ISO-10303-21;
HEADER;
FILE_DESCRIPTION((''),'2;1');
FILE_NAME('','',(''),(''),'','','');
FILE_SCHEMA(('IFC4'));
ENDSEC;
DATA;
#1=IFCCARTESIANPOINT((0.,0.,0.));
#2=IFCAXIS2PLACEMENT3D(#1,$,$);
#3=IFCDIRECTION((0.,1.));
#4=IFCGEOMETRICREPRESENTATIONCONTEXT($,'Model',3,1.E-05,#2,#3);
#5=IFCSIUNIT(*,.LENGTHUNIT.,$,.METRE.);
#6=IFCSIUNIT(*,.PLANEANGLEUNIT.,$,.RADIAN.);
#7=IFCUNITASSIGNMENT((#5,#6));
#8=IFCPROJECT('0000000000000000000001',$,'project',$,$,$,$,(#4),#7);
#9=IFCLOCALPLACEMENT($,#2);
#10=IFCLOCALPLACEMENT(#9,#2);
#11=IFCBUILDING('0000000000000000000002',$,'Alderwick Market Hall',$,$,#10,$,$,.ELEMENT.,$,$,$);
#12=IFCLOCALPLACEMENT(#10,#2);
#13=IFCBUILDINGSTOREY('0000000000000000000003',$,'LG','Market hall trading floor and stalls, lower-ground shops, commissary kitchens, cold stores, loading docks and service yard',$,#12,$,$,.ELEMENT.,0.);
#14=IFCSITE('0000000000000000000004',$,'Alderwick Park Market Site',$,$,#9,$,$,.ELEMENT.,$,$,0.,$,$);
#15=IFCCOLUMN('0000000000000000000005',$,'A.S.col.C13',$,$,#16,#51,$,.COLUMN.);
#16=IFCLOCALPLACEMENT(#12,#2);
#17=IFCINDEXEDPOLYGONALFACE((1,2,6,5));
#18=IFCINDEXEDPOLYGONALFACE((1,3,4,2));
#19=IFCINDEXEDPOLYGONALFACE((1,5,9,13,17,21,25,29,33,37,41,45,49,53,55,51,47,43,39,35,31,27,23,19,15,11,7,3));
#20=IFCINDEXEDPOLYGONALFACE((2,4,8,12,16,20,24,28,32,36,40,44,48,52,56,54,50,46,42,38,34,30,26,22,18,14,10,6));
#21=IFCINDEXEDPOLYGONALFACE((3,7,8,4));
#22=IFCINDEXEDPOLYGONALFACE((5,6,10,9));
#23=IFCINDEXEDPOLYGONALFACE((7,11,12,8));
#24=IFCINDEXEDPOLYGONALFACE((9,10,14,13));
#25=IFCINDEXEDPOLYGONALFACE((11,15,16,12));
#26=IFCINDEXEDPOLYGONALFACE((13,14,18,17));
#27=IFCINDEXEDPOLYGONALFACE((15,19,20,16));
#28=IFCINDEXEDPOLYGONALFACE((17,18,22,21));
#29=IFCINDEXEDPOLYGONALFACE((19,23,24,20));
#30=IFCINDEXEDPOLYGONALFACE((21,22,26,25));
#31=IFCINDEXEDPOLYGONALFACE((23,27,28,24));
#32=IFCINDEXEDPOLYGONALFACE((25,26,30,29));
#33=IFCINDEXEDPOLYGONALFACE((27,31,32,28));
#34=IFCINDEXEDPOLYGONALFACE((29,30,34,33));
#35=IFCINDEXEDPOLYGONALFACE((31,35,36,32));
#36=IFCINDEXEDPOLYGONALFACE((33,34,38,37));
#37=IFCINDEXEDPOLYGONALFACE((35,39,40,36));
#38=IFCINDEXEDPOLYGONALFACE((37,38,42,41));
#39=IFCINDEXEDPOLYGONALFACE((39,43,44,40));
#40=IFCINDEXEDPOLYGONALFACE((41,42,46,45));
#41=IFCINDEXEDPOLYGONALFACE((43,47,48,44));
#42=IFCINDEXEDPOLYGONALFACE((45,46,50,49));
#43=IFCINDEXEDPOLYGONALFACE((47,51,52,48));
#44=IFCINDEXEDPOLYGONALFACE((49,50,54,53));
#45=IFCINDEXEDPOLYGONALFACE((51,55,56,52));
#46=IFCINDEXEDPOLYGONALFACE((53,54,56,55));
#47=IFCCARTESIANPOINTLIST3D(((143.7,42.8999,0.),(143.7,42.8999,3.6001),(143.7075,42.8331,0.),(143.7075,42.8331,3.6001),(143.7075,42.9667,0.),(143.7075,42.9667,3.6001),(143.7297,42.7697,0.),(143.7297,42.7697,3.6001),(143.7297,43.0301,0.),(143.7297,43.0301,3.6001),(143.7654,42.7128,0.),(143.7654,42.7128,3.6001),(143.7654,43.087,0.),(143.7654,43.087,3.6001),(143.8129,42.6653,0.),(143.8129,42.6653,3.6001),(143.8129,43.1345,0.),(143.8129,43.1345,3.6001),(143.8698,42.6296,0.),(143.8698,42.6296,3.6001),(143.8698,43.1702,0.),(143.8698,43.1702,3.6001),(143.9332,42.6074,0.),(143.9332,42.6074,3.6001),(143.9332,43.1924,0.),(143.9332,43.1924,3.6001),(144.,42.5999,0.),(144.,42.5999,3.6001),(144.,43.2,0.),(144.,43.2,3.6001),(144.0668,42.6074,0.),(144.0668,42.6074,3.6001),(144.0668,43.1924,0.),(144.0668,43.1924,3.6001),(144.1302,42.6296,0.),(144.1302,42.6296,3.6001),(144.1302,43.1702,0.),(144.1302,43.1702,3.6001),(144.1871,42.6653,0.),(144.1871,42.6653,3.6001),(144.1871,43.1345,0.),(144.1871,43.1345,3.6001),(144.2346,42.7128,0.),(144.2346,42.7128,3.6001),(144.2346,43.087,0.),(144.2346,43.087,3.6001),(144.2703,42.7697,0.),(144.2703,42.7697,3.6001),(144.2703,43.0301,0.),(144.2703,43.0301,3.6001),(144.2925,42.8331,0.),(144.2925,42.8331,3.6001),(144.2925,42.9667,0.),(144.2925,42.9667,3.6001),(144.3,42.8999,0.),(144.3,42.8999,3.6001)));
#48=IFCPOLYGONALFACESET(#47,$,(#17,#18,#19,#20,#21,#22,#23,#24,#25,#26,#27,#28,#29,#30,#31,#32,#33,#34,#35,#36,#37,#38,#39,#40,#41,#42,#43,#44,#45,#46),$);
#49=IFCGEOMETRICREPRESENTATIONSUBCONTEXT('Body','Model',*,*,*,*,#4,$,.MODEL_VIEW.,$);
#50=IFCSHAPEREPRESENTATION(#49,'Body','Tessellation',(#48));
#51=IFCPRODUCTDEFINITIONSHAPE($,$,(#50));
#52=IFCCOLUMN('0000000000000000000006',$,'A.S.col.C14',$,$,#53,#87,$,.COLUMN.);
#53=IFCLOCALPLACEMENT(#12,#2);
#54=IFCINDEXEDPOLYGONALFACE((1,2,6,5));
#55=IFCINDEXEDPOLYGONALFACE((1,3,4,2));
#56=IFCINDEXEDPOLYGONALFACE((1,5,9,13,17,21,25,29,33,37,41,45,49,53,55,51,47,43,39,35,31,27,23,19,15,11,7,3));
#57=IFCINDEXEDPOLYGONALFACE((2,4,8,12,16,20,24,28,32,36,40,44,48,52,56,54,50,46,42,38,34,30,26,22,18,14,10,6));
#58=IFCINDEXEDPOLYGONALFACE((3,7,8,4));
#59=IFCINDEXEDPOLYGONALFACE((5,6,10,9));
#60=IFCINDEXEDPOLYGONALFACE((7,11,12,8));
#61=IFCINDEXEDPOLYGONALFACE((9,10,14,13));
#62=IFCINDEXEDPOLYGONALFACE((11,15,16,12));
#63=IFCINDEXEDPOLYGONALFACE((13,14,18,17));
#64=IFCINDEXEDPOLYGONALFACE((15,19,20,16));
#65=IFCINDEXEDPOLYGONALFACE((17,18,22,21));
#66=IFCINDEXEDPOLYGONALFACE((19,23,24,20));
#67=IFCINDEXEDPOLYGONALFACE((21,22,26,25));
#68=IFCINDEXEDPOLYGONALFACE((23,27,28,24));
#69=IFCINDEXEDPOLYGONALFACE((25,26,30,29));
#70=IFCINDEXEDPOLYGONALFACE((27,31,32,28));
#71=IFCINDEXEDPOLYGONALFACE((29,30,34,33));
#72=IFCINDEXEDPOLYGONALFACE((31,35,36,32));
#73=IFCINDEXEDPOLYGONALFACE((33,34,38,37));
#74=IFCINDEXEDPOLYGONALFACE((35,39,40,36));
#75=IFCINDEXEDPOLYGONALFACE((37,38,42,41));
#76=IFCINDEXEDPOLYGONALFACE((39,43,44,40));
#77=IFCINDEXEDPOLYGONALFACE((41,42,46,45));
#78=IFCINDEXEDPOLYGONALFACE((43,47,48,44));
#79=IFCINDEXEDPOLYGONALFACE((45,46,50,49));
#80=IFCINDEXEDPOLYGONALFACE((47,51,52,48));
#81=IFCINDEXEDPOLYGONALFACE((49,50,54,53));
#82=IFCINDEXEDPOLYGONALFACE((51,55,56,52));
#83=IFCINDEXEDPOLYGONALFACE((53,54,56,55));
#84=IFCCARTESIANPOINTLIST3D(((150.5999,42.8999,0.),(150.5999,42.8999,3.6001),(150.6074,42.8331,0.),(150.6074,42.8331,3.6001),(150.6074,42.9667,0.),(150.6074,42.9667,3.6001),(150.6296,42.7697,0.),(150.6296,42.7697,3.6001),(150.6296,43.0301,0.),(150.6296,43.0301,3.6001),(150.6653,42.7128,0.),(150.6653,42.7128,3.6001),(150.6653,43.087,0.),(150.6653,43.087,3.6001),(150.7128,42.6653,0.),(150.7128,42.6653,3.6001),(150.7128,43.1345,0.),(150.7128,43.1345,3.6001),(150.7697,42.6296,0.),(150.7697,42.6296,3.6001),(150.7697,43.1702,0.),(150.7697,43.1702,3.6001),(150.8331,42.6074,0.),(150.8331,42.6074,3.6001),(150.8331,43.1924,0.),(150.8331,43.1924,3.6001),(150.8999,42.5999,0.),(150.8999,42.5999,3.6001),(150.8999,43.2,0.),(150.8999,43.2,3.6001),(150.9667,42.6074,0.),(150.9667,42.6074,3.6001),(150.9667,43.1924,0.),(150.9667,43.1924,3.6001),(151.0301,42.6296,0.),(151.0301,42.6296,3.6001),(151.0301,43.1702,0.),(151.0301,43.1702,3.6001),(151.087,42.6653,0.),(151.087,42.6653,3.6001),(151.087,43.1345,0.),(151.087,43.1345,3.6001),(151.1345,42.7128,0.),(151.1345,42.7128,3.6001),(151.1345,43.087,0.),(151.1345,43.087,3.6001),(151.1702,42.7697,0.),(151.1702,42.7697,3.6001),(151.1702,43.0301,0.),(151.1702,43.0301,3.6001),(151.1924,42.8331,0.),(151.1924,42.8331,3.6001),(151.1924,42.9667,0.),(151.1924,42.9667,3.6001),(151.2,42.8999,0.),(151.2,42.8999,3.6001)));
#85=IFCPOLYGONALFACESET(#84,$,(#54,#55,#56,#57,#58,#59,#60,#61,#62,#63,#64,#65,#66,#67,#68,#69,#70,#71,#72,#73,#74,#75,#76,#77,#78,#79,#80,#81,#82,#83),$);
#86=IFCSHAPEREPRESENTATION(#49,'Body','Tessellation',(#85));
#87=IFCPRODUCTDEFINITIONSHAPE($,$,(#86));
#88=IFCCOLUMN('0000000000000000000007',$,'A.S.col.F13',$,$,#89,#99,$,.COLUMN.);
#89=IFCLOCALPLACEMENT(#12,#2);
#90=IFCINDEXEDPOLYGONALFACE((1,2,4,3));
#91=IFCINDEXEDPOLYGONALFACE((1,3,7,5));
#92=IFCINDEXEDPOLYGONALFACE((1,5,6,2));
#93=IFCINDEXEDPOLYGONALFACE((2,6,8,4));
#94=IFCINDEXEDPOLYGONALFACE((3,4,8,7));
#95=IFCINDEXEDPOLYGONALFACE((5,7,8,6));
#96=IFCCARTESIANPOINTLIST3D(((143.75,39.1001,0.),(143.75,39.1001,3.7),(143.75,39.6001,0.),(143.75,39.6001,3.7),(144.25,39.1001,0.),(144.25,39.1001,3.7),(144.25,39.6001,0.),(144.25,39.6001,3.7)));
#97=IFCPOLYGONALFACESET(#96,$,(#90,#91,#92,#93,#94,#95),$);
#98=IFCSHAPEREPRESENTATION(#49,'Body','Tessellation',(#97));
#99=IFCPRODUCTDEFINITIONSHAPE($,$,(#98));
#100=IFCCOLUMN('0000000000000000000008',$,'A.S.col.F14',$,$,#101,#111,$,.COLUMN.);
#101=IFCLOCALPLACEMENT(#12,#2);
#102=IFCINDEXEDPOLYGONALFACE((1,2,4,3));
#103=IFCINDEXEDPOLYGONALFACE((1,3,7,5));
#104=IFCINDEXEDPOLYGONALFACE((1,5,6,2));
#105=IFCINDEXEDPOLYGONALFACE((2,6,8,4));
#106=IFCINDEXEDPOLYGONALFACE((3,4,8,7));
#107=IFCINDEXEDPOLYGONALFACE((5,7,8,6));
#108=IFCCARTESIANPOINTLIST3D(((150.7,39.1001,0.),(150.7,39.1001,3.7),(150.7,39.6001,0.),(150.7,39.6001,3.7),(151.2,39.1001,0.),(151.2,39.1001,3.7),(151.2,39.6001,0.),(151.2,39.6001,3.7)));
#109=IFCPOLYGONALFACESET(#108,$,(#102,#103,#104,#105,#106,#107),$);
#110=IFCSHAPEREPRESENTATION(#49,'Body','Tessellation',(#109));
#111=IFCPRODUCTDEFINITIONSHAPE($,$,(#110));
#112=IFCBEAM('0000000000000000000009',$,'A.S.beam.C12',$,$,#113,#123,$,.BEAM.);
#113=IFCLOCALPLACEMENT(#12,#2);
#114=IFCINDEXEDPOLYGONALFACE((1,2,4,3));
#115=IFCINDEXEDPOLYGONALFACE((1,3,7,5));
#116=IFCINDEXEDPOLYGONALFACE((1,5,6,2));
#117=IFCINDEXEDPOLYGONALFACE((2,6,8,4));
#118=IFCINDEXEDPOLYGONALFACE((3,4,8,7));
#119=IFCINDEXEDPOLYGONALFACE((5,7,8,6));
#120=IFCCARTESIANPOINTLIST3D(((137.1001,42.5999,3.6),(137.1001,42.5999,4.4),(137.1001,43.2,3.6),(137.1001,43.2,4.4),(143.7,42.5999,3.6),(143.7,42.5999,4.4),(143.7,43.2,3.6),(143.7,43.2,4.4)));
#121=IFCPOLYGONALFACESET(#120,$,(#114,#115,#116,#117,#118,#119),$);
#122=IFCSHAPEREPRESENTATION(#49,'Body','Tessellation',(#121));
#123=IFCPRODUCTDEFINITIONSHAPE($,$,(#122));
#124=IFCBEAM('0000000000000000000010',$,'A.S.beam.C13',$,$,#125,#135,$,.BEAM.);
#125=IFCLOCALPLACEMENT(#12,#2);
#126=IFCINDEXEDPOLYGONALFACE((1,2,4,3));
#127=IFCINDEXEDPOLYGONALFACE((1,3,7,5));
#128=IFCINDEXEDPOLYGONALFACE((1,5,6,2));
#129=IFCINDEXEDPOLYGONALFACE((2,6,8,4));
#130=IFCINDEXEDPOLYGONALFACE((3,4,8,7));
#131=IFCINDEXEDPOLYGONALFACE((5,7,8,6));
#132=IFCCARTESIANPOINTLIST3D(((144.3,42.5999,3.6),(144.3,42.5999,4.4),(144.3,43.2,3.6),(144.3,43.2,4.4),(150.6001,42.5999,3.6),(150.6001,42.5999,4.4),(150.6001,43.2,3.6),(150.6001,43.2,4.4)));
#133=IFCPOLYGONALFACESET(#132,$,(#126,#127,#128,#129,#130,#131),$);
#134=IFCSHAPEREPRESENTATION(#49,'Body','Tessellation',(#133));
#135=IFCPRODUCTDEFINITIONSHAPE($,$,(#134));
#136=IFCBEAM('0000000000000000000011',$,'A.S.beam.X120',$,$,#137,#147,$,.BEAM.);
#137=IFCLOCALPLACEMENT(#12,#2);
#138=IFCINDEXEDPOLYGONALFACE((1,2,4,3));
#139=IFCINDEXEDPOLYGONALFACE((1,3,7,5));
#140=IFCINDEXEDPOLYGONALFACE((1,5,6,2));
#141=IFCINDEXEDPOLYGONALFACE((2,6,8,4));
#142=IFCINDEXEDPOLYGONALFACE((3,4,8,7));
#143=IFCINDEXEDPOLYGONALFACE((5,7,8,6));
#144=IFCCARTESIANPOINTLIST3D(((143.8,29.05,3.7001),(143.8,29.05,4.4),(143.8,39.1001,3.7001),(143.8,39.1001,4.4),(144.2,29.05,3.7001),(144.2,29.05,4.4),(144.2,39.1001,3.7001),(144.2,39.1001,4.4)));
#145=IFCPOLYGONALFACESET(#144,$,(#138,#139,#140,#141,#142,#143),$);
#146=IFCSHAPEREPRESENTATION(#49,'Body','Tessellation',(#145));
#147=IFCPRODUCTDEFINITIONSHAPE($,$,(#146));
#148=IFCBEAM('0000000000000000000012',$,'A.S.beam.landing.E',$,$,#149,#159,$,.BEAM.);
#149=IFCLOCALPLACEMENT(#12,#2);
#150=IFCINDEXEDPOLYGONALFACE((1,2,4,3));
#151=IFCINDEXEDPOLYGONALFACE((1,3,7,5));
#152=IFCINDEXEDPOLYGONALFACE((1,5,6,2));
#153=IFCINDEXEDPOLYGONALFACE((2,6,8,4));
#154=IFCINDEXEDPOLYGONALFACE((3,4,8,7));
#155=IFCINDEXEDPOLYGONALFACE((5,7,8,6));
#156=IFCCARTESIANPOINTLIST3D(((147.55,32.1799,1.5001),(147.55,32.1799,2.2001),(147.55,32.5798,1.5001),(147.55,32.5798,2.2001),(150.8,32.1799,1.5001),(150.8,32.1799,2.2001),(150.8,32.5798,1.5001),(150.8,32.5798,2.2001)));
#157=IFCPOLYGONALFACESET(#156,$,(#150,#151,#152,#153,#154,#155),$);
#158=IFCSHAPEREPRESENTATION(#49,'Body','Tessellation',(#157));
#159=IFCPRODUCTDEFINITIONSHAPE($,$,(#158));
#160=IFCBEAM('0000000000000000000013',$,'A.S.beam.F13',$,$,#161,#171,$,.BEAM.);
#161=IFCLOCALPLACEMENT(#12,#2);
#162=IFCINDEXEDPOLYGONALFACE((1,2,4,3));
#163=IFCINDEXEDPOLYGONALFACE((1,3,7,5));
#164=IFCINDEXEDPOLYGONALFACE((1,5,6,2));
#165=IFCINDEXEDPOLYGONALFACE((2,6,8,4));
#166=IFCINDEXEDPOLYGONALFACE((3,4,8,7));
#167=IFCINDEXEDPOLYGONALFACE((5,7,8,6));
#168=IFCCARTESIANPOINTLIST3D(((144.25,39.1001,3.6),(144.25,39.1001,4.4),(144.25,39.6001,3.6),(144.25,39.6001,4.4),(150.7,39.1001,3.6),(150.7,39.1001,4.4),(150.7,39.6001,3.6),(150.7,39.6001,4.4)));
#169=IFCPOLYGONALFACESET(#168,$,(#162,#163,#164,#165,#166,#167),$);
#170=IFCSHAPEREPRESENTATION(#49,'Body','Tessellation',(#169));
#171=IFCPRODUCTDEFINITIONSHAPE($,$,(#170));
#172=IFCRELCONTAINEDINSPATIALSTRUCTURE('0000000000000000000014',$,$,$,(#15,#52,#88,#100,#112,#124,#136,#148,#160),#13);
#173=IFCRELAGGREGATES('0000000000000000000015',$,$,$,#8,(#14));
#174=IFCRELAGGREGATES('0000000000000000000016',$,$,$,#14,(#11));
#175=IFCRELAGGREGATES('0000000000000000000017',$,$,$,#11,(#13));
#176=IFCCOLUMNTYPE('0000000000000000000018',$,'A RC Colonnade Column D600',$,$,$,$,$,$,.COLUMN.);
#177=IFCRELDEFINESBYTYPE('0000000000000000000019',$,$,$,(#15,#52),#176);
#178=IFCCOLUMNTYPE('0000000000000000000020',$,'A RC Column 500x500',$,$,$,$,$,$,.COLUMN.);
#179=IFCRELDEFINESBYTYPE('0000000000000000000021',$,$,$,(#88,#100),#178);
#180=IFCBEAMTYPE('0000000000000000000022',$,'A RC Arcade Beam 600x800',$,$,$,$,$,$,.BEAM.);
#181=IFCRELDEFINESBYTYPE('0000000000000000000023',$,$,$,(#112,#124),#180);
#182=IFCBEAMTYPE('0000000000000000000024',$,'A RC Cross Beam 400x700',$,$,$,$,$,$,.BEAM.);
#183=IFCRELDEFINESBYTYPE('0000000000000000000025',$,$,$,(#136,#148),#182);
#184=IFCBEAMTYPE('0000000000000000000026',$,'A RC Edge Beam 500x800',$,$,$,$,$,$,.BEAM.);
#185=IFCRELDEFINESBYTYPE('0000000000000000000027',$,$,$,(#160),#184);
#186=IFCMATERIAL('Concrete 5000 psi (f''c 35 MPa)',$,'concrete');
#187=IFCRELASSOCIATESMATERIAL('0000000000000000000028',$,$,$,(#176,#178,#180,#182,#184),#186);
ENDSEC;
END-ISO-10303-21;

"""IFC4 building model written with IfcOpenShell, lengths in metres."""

from ifc_helpers import new_model, si_unit, direction, frame, origin, origin_2d, place, context, subcontext, project, spatial, rectangle, circle, extrude, material, material_profile, profile_set, type_object, element, save


model = new_model("IFC4")

# Units and contexts
model_context = context("Model", 3, precision=1e-05, world=origin(), true_north=direction((0.0, 1.0)))
body_context = subcontext(model_context, "Body", "Model", "MODEL_VIEW")
ifc_project = project(units=[si_unit("LENGTHUNIT", "METRE"), si_unit("PLANEANGLEUNIT", "RADIAN")], contexts=[model_context])

# Site, building, storey
site_placement = place(None, origin())
site = spatial("IfcSite", under=ifc_project, at=site_placement, Name="Alderwick Park Market Site", CompositionType="ELEMENT", RefElevation=0.0)
building_placement = place(site_placement, origin())
building = spatial("IfcBuilding", under=site, at=building_placement, Name="Alderwick Market Hall", CompositionType="ELEMENT")
storey_placement = place(building_placement, origin())
storey = spatial("IfcBuildingStorey", under=building, at=storey_placement, Name="LG", Description="Market hall trading floor and stalls, lower-ground shops, commissary kitchens, cold stores, loading docks and service yard", CompositionType="ELEMENT", Elevation=0.0)

# Columns
ifc_material_1 = material(Name="Concrete 5000 psi (f'c 35 MPa)", Category="concrete")
ifc_material_profile_1 = material_profile(ifc_material_1, circle(Radius=0.3, at=origin_2d()), Name="A RC Colonnade Column D600")
ifc_profile_set_1 = profile_set([ifc_material_profile_1], Name="Concrete 5000 psi (f'c 35 MPa)")
column_type_1 = type_object("IfcColumnType", Name="A RC Colonnade Column D600", PredefinedType="COLUMN", material=ifc_profile_set_1)
for number, where, z_axis, x_axis, name in (
    (1, (144.0, 42.8999, 0.0), (0.0, 0.0, 1.0), (1.0, 0.0, 0.0), "A.S.col.C13"),
    (2, (150.8999, 42.8999, 0.0), (0.0, 0.0, 1.0), (1.0, 0.0, 0.0), "A.S.col.C14"),
):
    element("IfcColumn", number, at=place(storey_placement, frame(where, z_axis=z_axis, x_axis=x_axis)), inside=storey, type_object=column_type_1, Name=name, PredefinedType="COLUMN", context=body_context, shape_type="SweptSolid", body=[
        extrude(circle(Radius=0.3, at=origin_2d()), origin(), (0.0, 0.0, 1.0), 3.6001),
    ])
ifc_material_profile_2 = material_profile(ifc_material_1, rectangle(XDim=0.5, YDim=0.5, at=origin_2d()), Name="A RC Column 500x500")
ifc_profile_set_2 = profile_set([ifc_material_profile_2], Name="Concrete 5000 psi (f'c 35 MPa)")
column_type_2 = type_object("IfcColumnType", Name="A RC Column 500x500", PredefinedType="COLUMN", material=ifc_profile_set_2)
for number, where, z_axis, x_axis, name in (
    (3, (144.0, 39.3501, 0.0), (0.0, 0.0, 1.0), (1.0, 0.0, 0.0), "A.S.col.F13"),
    (4, (150.95, 39.3501, 0.0), (0.0, 0.0, 1.0), (1.0, 0.0, 0.0), "A.S.col.F14"),
):
    element("IfcColumn", number, at=place(storey_placement, frame(where, z_axis=z_axis, x_axis=x_axis)), inside=storey, type_object=column_type_2, Name=name, PredefinedType="COLUMN", context=body_context, shape_type="SweptSolid", body=[
        extrude(rectangle(XDim=0.5, YDim=0.5, at=origin_2d()), origin(), (0.0, 0.0, 1.0), 3.7),
    ])

# Beams
ifc_material_profile_3 = material_profile(ifc_material_1, rectangle(XDim=0.6001, YDim=0.8, at=origin_2d()), Name="A RC Arcade Beam 600x800")
ifc_profile_set_3 = profile_set([ifc_material_profile_3], Name="Concrete 5000 psi (f'c 35 MPa)")
beam_type_1 = type_object("IfcBeamType", Name="A RC Arcade Beam 600x800", PredefinedType="BEAM", material=ifc_profile_set_3)
beam_1_placement = place(storey_placement, frame((137.1001, 42.8999, 4.0), z_axis=(1.0, 0.0, 0.0), x_axis=(0.0, 1.0, 0.0)))
element("IfcBeam", 5, at=beam_1_placement, inside=storey, type_object=beam_type_1, Name="A.S.beam.C12", PredefinedType="BEAM", context=body_context, shape_type="SweptSolid", body=[
    extrude(rectangle(XDim=0.6001, YDim=0.8, at=origin_2d()), origin(), (0.0, 0.0, 1.0), 6.5999),
])
beam_2_placement = place(storey_placement, frame((144.3, 42.8999, 4.0), z_axis=(1.0, 0.0, 0.0), x_axis=(0.0, 1.0, 0.0)))
element("IfcBeam", 6, at=beam_2_placement, inside=storey, type_object=beam_type_1, Name="A.S.beam.C13", PredefinedType="BEAM", context=body_context, shape_type="SweptSolid", body=[
    extrude(rectangle(XDim=0.6001, YDim=0.8, at=origin_2d()), origin(), (0.0, 0.0, 1.0), 6.3),
])
ifc_material_profile_4 = material_profile(ifc_material_1, rectangle(XDim=0.3999, YDim=0.7, at=origin_2d()), Name="A RC Cross Beam 400x700")
ifc_profile_set_4 = profile_set([ifc_material_profile_4], Name="Concrete 5000 psi (f'c 35 MPa)")
beam_type_2 = type_object("IfcBeamType", Name="A RC Cross Beam 400x700", PredefinedType="BEAM", material=ifc_profile_set_4)
beam_3_placement = place(storey_placement, frame((144.0, 39.1001, 4.05), z_axis=(0.0, -1.0, 0.0), x_axis=(1.0, 0.0, 0.0)))
element("IfcBeam", 7, at=beam_3_placement, inside=storey, type_object=beam_type_2, Name="A.S.beam.X120", PredefinedType="BEAM", context=body_context, shape_type="SweptSolid", body=[
    extrude(rectangle(XDim=0.3999, YDim=0.7, at=origin_2d()), origin(), (0.0, 0.0, 1.0), 10.05),
])
beam_4_placement = place(storey_placement, frame((150.8, 32.3799, 1.8501), z_axis=(-1.0, 0.0, 0.0), x_axis=(0.0, -1.0, 0.0)))
element("IfcBeam", 8, at=beam_4_placement, inside=storey, type_object=beam_type_2, Name="A.S.beam.landing.E", PredefinedType="BEAM", context=body_context, shape_type="SweptSolid", body=[
    extrude(rectangle(XDim=0.3999, YDim=0.7, at=origin_2d()), origin(), (0.0, 0.0, 1.0), 3.25),
])
ifc_material_profile_5 = material_profile(ifc_material_1, rectangle(XDim=0.5, YDim=0.8, at=origin_2d()), Name="A RC Edge Beam 500x800")
ifc_profile_set_5 = profile_set([ifc_material_profile_5], Name="Concrete 5000 psi (f'c 35 MPa)")
beam_type_3 = type_object("IfcBeamType", Name="A RC Edge Beam 500x800", PredefinedType="BEAM", material=ifc_profile_set_5)
beam_5_placement = place(storey_placement, frame((144.25, 39.3501, 4.0), z_axis=(1.0, 0.0, 0.0), x_axis=(0.0, 1.0, 0.0)))
element("IfcBeam", 9, at=beam_5_placement, inside=storey, type_object=beam_type_3, Name="A.S.beam.F13", PredefinedType="BEAM", context=body_context, shape_type="SweptSolid", body=[
    extrude(rectangle(XDim=0.5, YDim=0.8, at=origin_2d()), origin(), (0.0, 0.0, 1.0), 6.45),
])

save(model, "model.ifc")
